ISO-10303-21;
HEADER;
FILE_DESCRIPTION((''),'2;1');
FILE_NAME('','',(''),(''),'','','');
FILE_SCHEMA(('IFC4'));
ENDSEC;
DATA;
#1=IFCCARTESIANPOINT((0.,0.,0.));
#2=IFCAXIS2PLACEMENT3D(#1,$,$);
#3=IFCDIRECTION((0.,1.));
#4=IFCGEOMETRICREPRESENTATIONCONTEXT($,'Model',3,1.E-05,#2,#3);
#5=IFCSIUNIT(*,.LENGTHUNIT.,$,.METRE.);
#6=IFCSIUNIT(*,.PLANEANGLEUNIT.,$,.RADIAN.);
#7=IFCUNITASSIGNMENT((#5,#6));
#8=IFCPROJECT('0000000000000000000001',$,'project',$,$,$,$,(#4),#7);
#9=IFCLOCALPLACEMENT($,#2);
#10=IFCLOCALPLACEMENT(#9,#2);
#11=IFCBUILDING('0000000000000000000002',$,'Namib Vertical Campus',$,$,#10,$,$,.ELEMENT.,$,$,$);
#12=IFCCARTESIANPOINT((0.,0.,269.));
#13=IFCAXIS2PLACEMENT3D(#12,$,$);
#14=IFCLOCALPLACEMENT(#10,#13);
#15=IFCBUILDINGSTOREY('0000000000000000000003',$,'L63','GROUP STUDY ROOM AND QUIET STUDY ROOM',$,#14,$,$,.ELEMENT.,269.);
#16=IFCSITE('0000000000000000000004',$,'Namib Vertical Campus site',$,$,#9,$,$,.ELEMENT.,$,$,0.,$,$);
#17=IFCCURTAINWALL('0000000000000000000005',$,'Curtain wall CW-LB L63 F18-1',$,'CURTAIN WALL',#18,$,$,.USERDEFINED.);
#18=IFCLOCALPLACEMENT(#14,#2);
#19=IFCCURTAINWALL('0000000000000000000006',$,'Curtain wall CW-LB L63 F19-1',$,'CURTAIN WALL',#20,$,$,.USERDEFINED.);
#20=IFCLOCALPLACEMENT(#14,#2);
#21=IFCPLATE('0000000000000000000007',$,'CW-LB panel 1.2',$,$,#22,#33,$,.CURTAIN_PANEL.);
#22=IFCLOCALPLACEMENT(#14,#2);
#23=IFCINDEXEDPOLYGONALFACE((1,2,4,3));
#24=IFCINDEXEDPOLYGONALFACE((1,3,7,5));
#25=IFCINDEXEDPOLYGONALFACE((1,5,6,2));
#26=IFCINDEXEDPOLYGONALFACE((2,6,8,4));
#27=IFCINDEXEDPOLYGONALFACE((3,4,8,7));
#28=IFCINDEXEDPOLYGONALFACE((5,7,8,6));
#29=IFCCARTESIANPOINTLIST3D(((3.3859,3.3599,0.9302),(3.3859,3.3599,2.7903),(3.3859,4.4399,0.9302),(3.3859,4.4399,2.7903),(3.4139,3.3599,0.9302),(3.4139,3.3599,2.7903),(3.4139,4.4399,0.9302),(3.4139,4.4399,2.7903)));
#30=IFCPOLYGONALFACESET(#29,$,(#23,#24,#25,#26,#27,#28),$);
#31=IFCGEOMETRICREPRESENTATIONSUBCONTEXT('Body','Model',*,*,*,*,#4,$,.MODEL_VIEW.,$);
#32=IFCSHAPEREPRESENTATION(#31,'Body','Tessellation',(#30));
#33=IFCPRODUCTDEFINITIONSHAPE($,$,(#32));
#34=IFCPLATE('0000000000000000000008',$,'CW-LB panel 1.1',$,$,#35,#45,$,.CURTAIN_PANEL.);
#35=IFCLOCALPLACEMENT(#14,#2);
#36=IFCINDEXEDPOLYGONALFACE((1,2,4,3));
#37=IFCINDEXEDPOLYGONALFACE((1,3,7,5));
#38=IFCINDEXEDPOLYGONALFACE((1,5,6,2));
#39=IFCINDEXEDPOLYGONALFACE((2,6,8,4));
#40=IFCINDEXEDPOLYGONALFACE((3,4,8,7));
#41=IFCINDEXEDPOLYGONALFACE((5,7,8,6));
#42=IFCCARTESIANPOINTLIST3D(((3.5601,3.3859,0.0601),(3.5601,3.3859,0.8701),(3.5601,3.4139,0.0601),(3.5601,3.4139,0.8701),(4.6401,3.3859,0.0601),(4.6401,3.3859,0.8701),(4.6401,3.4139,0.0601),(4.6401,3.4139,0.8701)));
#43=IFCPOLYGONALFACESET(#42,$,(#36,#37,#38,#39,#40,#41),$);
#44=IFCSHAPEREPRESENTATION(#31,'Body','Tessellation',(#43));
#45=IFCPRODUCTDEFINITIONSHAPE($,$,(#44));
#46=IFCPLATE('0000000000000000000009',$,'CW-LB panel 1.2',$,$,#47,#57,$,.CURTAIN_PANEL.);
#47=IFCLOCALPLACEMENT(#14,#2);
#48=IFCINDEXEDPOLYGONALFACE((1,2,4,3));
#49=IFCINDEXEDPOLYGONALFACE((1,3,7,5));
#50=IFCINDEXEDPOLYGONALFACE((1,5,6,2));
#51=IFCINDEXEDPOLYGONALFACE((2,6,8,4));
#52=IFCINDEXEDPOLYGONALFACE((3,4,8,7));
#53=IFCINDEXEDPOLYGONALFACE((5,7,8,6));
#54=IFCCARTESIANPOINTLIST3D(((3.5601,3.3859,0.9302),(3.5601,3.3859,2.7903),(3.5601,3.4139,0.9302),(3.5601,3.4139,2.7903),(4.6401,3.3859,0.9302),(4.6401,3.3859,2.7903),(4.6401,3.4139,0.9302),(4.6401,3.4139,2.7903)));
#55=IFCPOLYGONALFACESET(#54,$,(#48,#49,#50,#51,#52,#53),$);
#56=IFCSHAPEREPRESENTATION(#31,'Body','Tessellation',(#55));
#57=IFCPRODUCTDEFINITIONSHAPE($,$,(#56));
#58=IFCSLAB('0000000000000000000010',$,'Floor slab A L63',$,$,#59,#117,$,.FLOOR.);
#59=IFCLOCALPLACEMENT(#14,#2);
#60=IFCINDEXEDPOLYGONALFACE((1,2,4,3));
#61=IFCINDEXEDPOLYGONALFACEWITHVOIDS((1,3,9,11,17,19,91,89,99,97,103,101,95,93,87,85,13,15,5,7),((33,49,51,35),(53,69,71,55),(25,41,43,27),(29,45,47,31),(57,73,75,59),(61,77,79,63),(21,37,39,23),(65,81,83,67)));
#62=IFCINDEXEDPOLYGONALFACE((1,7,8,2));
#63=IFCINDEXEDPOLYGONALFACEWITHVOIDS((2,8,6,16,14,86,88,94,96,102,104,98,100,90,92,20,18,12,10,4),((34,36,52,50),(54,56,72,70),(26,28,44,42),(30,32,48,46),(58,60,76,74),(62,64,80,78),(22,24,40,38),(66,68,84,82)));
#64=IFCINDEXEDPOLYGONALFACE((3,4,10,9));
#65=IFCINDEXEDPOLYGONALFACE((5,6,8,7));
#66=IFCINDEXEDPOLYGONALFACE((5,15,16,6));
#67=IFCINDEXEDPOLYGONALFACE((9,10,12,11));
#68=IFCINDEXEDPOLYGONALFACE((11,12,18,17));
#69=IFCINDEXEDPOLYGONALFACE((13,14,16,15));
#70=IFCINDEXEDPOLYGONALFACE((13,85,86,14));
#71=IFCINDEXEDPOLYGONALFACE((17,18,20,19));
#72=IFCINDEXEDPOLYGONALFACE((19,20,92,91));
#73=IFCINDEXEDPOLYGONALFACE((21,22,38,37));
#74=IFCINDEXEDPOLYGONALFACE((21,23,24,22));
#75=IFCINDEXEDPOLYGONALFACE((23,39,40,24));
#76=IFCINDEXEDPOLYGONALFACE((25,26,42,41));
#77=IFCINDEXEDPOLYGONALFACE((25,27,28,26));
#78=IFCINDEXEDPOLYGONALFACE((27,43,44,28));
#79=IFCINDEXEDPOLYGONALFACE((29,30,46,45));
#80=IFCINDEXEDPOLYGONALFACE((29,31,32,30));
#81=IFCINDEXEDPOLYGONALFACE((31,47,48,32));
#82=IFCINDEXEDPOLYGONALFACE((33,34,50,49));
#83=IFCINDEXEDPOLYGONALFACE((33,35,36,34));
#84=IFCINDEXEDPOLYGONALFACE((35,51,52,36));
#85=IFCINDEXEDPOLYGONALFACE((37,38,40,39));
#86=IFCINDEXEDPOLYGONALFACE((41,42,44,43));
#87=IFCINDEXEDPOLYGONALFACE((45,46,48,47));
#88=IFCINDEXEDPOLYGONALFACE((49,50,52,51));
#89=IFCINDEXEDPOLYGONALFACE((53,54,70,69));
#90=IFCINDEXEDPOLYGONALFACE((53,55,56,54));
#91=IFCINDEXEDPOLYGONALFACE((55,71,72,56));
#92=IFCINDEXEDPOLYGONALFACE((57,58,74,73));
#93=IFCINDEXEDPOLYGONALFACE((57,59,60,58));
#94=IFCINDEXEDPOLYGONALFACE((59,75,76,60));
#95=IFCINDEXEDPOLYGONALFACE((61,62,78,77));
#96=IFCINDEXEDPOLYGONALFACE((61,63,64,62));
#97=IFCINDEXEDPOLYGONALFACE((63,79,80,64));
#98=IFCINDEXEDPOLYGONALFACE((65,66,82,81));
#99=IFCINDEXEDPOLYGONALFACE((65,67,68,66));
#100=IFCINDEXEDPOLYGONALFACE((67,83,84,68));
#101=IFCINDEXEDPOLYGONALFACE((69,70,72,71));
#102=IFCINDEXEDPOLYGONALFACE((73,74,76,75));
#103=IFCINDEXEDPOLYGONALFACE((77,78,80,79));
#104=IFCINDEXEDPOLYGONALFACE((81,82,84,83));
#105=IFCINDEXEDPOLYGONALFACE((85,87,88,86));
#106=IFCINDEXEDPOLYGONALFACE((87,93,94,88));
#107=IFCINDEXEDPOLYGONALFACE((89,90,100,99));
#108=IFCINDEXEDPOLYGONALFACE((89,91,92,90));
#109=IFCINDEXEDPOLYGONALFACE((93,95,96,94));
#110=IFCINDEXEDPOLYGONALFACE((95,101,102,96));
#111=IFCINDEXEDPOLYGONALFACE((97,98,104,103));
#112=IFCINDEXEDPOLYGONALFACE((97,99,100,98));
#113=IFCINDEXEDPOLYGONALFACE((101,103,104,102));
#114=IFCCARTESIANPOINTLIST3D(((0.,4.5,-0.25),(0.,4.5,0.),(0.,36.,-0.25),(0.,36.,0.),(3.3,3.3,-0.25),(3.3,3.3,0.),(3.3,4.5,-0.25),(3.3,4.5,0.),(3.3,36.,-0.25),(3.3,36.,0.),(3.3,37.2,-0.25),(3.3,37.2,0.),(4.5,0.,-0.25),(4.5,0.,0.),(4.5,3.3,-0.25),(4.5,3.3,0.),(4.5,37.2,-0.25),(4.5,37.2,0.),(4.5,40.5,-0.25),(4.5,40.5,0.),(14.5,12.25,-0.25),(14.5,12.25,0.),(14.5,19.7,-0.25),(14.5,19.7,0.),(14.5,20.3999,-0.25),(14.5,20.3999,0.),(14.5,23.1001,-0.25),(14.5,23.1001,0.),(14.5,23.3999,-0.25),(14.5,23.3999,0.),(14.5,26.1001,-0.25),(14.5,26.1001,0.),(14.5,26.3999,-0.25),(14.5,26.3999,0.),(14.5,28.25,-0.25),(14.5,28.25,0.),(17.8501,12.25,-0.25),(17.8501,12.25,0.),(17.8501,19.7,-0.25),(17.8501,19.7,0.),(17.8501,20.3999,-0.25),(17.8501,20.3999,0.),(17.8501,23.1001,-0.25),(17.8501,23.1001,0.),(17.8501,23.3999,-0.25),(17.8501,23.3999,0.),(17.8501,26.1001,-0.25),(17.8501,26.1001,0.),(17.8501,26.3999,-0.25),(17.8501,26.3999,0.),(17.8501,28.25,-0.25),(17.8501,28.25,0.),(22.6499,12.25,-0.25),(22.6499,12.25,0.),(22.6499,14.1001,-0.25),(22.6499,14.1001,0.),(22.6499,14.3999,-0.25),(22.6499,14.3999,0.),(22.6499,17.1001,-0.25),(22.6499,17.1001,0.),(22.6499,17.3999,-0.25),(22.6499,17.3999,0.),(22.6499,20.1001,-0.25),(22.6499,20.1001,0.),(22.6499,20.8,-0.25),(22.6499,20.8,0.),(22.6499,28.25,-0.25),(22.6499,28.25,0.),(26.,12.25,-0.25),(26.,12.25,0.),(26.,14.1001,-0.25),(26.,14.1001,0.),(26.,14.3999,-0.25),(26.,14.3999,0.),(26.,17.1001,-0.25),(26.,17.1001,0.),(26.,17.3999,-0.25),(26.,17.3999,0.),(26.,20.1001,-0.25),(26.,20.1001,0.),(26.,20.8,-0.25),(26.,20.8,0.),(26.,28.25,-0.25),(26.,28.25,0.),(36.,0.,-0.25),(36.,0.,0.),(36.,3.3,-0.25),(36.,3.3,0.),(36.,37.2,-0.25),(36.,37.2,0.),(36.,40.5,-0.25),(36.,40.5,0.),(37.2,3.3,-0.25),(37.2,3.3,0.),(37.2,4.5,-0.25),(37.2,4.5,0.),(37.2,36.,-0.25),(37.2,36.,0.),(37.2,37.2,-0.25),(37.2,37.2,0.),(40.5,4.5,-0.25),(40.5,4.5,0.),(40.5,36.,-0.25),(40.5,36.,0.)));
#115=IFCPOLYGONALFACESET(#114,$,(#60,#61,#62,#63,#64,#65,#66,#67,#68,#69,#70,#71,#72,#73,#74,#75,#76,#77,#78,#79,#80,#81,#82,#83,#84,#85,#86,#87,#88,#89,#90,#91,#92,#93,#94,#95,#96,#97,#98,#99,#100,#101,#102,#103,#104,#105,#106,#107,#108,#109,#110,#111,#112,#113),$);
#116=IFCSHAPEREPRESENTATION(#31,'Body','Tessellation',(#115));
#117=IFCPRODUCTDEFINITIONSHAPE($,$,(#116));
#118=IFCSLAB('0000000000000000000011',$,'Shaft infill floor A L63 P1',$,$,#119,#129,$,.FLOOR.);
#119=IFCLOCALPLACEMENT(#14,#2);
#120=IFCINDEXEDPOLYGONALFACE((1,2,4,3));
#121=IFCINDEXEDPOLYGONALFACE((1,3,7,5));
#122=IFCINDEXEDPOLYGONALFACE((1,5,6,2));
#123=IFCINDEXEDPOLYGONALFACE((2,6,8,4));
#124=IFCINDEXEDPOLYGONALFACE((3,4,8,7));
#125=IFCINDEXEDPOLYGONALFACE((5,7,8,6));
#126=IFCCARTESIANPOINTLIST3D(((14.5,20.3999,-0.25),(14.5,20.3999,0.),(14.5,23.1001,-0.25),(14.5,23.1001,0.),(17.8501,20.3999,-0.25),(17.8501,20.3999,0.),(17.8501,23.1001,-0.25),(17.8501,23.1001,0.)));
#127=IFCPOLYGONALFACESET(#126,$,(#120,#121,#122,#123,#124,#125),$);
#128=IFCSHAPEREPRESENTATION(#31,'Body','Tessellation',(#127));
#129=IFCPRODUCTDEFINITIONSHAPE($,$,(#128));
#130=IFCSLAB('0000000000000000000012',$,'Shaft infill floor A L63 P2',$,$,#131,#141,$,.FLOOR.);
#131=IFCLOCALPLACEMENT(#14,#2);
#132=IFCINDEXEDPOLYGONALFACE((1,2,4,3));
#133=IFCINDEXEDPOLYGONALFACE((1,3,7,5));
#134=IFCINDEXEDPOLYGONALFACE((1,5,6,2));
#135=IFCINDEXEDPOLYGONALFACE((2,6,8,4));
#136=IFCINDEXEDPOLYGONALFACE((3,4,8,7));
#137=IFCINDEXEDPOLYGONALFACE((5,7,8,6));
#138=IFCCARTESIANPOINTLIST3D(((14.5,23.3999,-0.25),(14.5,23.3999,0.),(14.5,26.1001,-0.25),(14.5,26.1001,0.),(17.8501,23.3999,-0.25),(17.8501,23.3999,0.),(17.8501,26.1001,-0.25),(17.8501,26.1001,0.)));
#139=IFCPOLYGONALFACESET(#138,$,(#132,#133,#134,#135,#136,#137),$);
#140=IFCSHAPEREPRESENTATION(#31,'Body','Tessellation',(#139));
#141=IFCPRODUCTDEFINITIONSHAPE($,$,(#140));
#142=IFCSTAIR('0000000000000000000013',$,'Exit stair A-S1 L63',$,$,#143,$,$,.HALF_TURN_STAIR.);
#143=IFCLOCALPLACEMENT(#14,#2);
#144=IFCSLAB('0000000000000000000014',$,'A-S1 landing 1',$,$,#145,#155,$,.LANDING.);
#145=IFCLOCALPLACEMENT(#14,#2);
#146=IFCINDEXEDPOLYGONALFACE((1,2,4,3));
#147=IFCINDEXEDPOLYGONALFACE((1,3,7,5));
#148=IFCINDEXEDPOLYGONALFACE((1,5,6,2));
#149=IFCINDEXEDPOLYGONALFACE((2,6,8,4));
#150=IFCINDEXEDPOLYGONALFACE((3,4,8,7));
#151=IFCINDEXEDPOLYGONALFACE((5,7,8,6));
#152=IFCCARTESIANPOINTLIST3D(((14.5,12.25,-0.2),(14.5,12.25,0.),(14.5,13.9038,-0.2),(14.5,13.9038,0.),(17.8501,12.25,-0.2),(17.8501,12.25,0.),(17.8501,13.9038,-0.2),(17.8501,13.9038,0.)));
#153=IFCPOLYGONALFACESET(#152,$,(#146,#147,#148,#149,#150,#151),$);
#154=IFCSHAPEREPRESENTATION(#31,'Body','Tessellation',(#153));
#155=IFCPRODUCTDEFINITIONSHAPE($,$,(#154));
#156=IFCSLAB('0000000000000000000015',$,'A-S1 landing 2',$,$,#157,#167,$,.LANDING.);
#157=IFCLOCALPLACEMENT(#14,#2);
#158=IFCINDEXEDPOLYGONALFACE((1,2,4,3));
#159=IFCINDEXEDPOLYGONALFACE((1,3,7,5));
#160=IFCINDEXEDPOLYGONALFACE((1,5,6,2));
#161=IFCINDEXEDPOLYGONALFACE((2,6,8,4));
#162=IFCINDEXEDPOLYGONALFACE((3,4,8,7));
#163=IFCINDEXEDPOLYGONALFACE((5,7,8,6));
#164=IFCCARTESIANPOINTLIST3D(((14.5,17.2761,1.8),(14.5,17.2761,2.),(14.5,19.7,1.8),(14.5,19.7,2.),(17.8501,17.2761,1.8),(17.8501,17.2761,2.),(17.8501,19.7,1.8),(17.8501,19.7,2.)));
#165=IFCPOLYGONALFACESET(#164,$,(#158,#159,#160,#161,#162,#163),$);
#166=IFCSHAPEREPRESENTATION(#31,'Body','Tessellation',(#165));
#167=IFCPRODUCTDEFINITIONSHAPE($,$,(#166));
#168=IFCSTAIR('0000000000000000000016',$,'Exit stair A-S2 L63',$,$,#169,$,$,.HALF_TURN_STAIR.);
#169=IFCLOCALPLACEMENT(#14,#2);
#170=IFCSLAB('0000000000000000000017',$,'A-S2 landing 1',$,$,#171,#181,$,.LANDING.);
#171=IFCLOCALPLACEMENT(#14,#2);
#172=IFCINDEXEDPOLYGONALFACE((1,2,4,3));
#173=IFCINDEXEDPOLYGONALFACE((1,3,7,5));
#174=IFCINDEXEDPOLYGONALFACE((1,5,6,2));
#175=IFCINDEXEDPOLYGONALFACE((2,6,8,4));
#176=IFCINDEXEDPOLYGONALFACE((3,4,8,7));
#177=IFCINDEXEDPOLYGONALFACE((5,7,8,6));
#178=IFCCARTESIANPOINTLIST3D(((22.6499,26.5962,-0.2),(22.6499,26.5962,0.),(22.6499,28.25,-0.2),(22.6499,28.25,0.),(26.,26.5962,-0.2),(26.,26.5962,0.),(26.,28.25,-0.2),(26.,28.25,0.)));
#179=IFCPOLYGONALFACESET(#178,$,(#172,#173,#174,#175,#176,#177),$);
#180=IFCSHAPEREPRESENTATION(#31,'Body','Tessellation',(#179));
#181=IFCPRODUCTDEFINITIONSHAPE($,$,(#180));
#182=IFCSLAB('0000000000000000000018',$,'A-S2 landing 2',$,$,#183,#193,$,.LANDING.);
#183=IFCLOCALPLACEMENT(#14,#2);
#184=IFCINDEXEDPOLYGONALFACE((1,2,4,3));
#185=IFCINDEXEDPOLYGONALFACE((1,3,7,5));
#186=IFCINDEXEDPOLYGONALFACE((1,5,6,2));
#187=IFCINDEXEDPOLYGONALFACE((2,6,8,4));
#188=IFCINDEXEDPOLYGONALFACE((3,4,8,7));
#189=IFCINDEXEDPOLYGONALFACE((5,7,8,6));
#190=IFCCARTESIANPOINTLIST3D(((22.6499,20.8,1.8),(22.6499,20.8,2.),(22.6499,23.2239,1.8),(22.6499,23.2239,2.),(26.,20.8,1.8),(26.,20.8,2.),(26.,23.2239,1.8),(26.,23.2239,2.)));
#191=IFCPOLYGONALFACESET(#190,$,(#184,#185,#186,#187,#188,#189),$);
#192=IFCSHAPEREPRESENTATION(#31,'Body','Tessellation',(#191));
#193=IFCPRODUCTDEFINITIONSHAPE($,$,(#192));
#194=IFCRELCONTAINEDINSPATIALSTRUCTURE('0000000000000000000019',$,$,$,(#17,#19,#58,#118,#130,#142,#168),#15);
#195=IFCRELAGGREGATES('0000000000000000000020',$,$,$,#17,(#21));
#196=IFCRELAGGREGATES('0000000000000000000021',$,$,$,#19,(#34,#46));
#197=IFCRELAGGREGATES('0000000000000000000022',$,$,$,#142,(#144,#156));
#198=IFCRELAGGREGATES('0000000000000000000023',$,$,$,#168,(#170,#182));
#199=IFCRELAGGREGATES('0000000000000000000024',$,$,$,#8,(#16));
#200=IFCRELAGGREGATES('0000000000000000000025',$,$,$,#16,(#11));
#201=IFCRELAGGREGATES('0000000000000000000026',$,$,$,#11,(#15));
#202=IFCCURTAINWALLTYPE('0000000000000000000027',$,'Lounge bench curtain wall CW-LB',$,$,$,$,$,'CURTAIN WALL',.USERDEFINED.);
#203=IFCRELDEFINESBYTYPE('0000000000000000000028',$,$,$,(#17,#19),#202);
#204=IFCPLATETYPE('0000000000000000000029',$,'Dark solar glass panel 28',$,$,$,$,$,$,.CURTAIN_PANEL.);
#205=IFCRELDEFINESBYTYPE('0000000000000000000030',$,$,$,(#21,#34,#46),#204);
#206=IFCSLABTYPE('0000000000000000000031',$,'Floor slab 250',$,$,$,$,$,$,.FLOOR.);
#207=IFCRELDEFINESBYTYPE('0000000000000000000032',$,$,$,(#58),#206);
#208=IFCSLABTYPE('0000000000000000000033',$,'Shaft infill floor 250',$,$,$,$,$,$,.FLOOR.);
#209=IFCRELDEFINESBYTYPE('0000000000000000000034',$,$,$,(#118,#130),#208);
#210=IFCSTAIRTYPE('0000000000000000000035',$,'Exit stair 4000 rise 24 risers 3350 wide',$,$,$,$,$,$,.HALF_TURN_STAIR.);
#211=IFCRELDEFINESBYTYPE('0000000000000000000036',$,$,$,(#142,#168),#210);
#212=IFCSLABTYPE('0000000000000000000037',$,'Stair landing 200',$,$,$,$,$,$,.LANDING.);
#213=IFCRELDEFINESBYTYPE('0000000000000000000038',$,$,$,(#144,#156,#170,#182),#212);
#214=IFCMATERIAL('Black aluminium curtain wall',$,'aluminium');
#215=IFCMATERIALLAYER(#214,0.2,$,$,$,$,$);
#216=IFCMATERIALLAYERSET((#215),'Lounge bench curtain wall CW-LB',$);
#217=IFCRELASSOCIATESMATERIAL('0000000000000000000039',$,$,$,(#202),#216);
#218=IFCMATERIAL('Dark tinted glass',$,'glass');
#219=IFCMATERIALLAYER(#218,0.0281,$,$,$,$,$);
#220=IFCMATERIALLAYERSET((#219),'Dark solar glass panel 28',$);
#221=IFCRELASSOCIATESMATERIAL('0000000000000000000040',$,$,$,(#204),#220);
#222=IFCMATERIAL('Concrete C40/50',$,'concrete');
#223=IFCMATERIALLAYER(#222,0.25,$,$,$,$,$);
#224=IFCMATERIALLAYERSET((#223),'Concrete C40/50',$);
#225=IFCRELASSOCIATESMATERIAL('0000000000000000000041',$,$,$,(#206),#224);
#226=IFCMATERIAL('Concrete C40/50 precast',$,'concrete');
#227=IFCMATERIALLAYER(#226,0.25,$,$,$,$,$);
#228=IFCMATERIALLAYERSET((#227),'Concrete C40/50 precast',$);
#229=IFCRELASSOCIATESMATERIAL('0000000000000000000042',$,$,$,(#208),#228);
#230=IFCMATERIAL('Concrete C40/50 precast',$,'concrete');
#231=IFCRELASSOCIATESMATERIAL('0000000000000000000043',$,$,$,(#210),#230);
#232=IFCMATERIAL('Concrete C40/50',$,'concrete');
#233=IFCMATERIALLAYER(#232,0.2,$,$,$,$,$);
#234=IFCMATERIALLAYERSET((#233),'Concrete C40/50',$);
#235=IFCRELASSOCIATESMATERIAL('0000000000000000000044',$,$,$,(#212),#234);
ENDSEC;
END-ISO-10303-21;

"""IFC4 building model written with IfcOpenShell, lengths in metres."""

from ifc_helpers import new_model, si_unit, direction, frame, origin, origin_2d, place, context, subcontext, project, spatial, polyline, rectangle, outline, extrude, material, layer, layer_set, type_object, element, aggregate, save


model = new_model("IFC4")

# Units and contexts
model_context = context("Model", 3, precision=1e-05, world=origin(), true_north=direction((0.0, 1.0)))
body_context = subcontext(model_context, "Body", "Model", "MODEL_VIEW")
ifc_project = project(units=[si_unit("LENGTHUNIT", "METRE"), si_unit("PLANEANGLEUNIT", "RADIAN")], contexts=[model_context])

# Site, building, storey
site_placement = place(None, origin())
site = spatial("IfcSite", under=ifc_project, at=site_placement, Name="Namib Vertical Campus site", CompositionType="ELEMENT", RefElevation=0.0)
building_placement = place(site_placement, origin())
building = spatial("IfcBuilding", under=site, at=building_placement, Name="Namib Vertical Campus", CompositionType="ELEMENT")
storey_placement = place(building_placement, frame((0.0, 0.0, 269.0)))
storey = spatial("IfcBuildingStorey", under=building, at=storey_placement, Name="L63", Description="GROUP STUDY ROOM AND QUIET STUDY ROOM", CompositionType="ELEMENT", Elevation=269.0)

# Shared definitions
ifc_material_1 = material(Name="Black aluminium curtain wall", Category="aluminium")
ifc_layer_1 = layer(ifc_material_1, 0.2)
ifc_layer_set_1 = layer_set([ifc_layer_1], Name="Lounge bench curtain wall CW-LB")
curtain_wall_type = type_object("IfcCurtainWallType", Name="Lounge bench curtain wall CW-LB", ElementType="CURTAIN WALL", PredefinedType="USERDEFINED", material=ifc_layer_set_1)

# Curtain wall
curtain_wall_1_placement = place(storey_placement, origin())
curtain_wall_1 = element("IfcCurtainWall", 1, at=curtain_wall_1_placement, inside=storey, type_object=curtain_wall_type, Name="Curtain wall CW-LB L63 F18-1", ObjectType="CURTAIN WALL", PredefinedType="USERDEFINED")

# Curtain wall
curtain_wall_2_placement = place(storey_placement, origin())
curtain_wall_2 = element("IfcCurtainWall", 2, at=curtain_wall_2_placement, inside=storey, type_object=curtain_wall_type, Name="Curtain wall CW-LB L63 F19-1", ObjectType="CURTAIN WALL", PredefinedType="USERDEFINED")

# Plates
ifc_material_2 = material(Name="Dark tinted glass", Category="glass")
ifc_layer_2 = layer(ifc_material_2, 0.0281)
ifc_layer_set_2 = layer_set([ifc_layer_2], Name="Dark solar glass panel 28")
plate_type = type_object("IfcPlateType", Name="Dark solar glass panel 28", PredefinedType="CURTAIN_PANEL", material=ifc_layer_set_2)
plate_1_placement = place(storey_placement, frame((3.3999, 3.8999, 0.9302), z_axis=(0.0, 0.0, 1.0), x_axis=(0.0, -1.0, 0.0)))
plate_1 = element("IfcPlate", 3, at=plate_1_placement, type_object=plate_type, Name="CW-LB panel 1.2", PredefinedType="CURTAIN_PANEL", context=body_context, shape_type="SweptSolid", body=[
    extrude(rectangle(XDim=1.0801, YDim=0.0281, at=origin_2d()), origin(), (0.0, 0.0, 1.0), 1.8601),
])
aggregate(curtain_wall_1, [plate_1])
plate_2_placement = place(storey_placement, frame((4.1001, 3.3999, 0.0601), z_axis=(0.0, 0.0, 1.0), x_axis=(1.0, 0.0, 0.0)))
plate_2 = element("IfcPlate", 4, at=plate_2_placement, type_object=plate_type, Name="CW-LB panel 1.1", PredefinedType="CURTAIN_PANEL", context=body_context, shape_type="SweptSolid", body=[
    extrude(rectangle(XDim=1.0801, YDim=0.0281, at=origin_2d()), origin(), (0.0, 0.0, 1.0), 0.8101),
])
plate_3_placement = place(storey_placement, frame((4.1001, 3.3999, 0.9302), z_axis=(0.0, 0.0, 1.0), x_axis=(1.0, 0.0, 0.0)))
plate_3 = element("IfcPlate", 5, at=plate_3_placement, type_object=plate_type, Name="CW-LB panel 1.2", PredefinedType="CURTAIN_PANEL", context=body_context, shape_type="SweptSolid", body=[
    extrude(rectangle(XDim=1.0801, YDim=0.0281, at=origin_2d()), origin(), (0.0, 0.0, 1.0), 1.8601),
])
aggregate(curtain_wall_2, [plate_2, plate_3])

# Slabs
ifc_material_3 = material(Name="Concrete C40/50", Category="concrete")
ifc_layer_3 = layer(ifc_material_3, 0.25)
ifc_layer_set_3 = layer_set([ifc_layer_3], Name="Concrete C40/50")
slab_type_1 = type_object("IfcSlabType", Name="Floor slab 250", PredefinedType="FLOOR", material=ifc_layer_set_3)
slab_1_placement = place(storey_placement, frame((0.0, 0.0, -0.25)))
element("IfcSlab", 6, at=slab_1_placement, inside=storey, type_object=slab_type_1, Name="Floor slab A L63", PredefinedType="FLOOR", context=body_context, shape_type="SweptSolid", body=[
    extrude(outline(polyline([(4.5, 0.0), (36.0, 0.0), (36.0, 3.3), (37.2, 3.3), (37.2, 4.5), (40.5, 4.5), (40.5, 36.0), (37.2, 36.0), (37.2, 37.2), (36.0, 37.2), (36.0, 40.5), (4.5, 40.5), (4.5, 37.2), (3.3, 37.2), (3.3, 36.0), (0.0, 36.0), (0.0, 4.5), (3.3, 4.5), (3.3, 3.3), (4.5, 3.3), (4.5, 0.0)]), holes=[polyline([(14.5, 12.25), (17.8501, 12.25), (17.8501, 19.7), (14.5, 19.7), (14.5, 12.25)]), polyline([(22.6499, 20.8), (26.0, 20.8), (26.0, 28.25), (22.6499, 28.25), (22.6499, 20.8)]), polyline([(22.6499, 12.25), (26.0, 12.25), (26.0, 14.1001), (22.6499, 14.1001), (22.6499, 12.25)]), polyline([(14.5, 20.3999), (17.8501, 20.3999), (17.8501, 23.1001), (14.5, 23.1001), (14.5, 20.3999)]), polyline([(14.5, 23.3999), (17.8501, 23.3999), (17.8501, 26.1001), (14.5, 26.1001), (14.5, 23.3999)]), polyline([(14.5, 26.3999), (17.8501, 26.3999), (17.8501, 28.25), (14.5, 28.25), (14.5, 26.3999)]), polyline([(22.6499, 14.3999), (26.0, 14.3999), (26.0, 17.1001), (22.6499, 17.1001), (22.6499, 14.3999)]), polyline([(22.6499, 17.3999), (26.0, 17.3999), (26.0, 20.1001), (22.6499, 20.1001), (22.6499, 17.3999)])]), origin(), (0.0, 0.0, 1.0), 0.25),
])
ifc_material_4 = material(Name="Concrete C40/50 precast", Category="concrete")
ifc_layer_4 = layer(ifc_material_4, 0.25)
ifc_layer_set_4 = layer_set([ifc_layer_4], Name="Concrete C40/50 precast")
slab_type_2 = type_object("IfcSlabType", Name="Shaft infill floor 250", PredefinedType="FLOOR", material=ifc_layer_set_4)
slab_2_placement = place(storey_placement, frame((0.0, 0.0, -0.25)))
element("IfcSlab", 7, at=slab_2_placement, inside=storey, type_object=slab_type_2, Name="Shaft infill floor A L63 P1", PredefinedType="FLOOR", context=body_context, shape_type="SweptSolid", body=[
    extrude(outline(polyline([(14.5, 20.3999), (17.8501, 20.3999), (17.8501, 23.1001), (14.5, 23.1001), (14.5, 20.3999)])), origin(), (0.0, 0.0, 1.0), 0.25),
])
slab_3_placement = place(storey_placement, frame((0.0, 0.0, -0.25)))
element("IfcSlab", 8, at=slab_3_placement, inside=storey, type_object=slab_type_2, Name="Shaft infill floor A L63 P2", PredefinedType="FLOOR", context=body_context, shape_type="SweptSolid", body=[
    extrude(outline(polyline([(14.5, 23.3999), (17.8501, 23.3999), (17.8501, 26.1001), (14.5, 26.1001), (14.5, 23.3999)])), origin(), (0.0, 0.0, 1.0), 0.25),
])

# Stairs, slabs
ifc_material_5 = material(Name="Concrete C40/50 precast", Category="concrete")
stair_type = type_object("IfcStairType", Name="Exit stair 4000 rise 24 risers 3350 wide", PredefinedType="HALF_TURN_STAIR", material=ifc_material_5)
stair_1_placement = place(storey_placement, origin())
stair_1 = element("IfcStair", 9, at=stair_1_placement, inside=storey, type_object=stair_type, Name="Exit stair A-S1 L63", PredefinedType="HALF_TURN_STAIR")
ifc_material_6 = material(Name="Concrete C40/50", Category="concrete")
ifc_layer_5 = layer(ifc_material_6, 0.2)
ifc_layer_set_5 = layer_set([ifc_layer_5], Name="Concrete C40/50")
slab_type_3 = type_object("IfcSlabType", Name="Stair landing 200", PredefinedType="LANDING", material=ifc_layer_set_5)
slab_4_placement = place(storey_placement, frame((0.0, 0.0, -0.2)))
slab_4 = element("IfcSlab", 10, at=slab_4_placement, type_object=slab_type_3, Name="A-S1 landing 1", PredefinedType="LANDING", context=body_context, shape_type="SweptSolid", body=[
    extrude(outline(polyline([(14.5, 12.25), (17.8501, 12.25), (17.8501, 13.9038), (14.5, 13.9038), (14.5, 12.25)])), origin(), (0.0, 0.0, 1.0), 0.2),
])
slab_5_placement = place(storey_placement, frame((0.0, 0.0, 1.8)))
slab_5 = element("IfcSlab", 11, at=slab_5_placement, type_object=slab_type_3, Name="A-S1 landing 2", PredefinedType="LANDING", context=body_context, shape_type="SweptSolid", body=[
    extrude(outline(polyline([(14.5, 17.2761), (17.8501, 17.2761), (17.8501, 19.7), (14.5, 19.7), (14.5, 17.2761)])), origin(), (0.0, 0.0, 1.0), 0.2),
])
aggregate(stair_1, [slab_4, slab_5])
stair_2_placement = place(storey_placement, origin())
stair_2 = element("IfcStair", 12, at=stair_2_placement, inside=storey, type_object=stair_type, Name="Exit stair A-S2 L63", PredefinedType="HALF_TURN_STAIR")
slab_6_placement = place(storey_placement, frame((0.0, 0.0, -0.2)))
slab_6 = element("IfcSlab", 13, at=slab_6_placement, type_object=slab_type_3, Name="A-S2 landing 1", PredefinedType="LANDING", context=body_context, shape_type="SweptSolid", body=[
    extrude(outline(polyline([(22.6499, 26.5962), (26.0, 26.5962), (26.0, 28.25), (22.6499, 28.25), (22.6499, 26.5962)])), origin(), (0.0, 0.0, 1.0), 0.2),
])
slab_7_placement = place(storey_placement, frame((0.0, 0.0, 1.8)))
slab_7 = element("IfcSlab", 14, at=slab_7_placement, type_object=slab_type_3, Name="A-S2 landing 2", PredefinedType="LANDING", context=body_context, shape_type="SweptSolid", body=[
    extrude(outline(polyline([(22.6499, 20.8), (26.0, 20.8), (26.0, 23.2239), (22.6499, 23.2239), (22.6499, 20.8)])), origin(), (0.0, 0.0, 1.0), 0.2),
])
aggregate(stair_2, [slab_6, slab_7])

save(model, "model.ifc")
